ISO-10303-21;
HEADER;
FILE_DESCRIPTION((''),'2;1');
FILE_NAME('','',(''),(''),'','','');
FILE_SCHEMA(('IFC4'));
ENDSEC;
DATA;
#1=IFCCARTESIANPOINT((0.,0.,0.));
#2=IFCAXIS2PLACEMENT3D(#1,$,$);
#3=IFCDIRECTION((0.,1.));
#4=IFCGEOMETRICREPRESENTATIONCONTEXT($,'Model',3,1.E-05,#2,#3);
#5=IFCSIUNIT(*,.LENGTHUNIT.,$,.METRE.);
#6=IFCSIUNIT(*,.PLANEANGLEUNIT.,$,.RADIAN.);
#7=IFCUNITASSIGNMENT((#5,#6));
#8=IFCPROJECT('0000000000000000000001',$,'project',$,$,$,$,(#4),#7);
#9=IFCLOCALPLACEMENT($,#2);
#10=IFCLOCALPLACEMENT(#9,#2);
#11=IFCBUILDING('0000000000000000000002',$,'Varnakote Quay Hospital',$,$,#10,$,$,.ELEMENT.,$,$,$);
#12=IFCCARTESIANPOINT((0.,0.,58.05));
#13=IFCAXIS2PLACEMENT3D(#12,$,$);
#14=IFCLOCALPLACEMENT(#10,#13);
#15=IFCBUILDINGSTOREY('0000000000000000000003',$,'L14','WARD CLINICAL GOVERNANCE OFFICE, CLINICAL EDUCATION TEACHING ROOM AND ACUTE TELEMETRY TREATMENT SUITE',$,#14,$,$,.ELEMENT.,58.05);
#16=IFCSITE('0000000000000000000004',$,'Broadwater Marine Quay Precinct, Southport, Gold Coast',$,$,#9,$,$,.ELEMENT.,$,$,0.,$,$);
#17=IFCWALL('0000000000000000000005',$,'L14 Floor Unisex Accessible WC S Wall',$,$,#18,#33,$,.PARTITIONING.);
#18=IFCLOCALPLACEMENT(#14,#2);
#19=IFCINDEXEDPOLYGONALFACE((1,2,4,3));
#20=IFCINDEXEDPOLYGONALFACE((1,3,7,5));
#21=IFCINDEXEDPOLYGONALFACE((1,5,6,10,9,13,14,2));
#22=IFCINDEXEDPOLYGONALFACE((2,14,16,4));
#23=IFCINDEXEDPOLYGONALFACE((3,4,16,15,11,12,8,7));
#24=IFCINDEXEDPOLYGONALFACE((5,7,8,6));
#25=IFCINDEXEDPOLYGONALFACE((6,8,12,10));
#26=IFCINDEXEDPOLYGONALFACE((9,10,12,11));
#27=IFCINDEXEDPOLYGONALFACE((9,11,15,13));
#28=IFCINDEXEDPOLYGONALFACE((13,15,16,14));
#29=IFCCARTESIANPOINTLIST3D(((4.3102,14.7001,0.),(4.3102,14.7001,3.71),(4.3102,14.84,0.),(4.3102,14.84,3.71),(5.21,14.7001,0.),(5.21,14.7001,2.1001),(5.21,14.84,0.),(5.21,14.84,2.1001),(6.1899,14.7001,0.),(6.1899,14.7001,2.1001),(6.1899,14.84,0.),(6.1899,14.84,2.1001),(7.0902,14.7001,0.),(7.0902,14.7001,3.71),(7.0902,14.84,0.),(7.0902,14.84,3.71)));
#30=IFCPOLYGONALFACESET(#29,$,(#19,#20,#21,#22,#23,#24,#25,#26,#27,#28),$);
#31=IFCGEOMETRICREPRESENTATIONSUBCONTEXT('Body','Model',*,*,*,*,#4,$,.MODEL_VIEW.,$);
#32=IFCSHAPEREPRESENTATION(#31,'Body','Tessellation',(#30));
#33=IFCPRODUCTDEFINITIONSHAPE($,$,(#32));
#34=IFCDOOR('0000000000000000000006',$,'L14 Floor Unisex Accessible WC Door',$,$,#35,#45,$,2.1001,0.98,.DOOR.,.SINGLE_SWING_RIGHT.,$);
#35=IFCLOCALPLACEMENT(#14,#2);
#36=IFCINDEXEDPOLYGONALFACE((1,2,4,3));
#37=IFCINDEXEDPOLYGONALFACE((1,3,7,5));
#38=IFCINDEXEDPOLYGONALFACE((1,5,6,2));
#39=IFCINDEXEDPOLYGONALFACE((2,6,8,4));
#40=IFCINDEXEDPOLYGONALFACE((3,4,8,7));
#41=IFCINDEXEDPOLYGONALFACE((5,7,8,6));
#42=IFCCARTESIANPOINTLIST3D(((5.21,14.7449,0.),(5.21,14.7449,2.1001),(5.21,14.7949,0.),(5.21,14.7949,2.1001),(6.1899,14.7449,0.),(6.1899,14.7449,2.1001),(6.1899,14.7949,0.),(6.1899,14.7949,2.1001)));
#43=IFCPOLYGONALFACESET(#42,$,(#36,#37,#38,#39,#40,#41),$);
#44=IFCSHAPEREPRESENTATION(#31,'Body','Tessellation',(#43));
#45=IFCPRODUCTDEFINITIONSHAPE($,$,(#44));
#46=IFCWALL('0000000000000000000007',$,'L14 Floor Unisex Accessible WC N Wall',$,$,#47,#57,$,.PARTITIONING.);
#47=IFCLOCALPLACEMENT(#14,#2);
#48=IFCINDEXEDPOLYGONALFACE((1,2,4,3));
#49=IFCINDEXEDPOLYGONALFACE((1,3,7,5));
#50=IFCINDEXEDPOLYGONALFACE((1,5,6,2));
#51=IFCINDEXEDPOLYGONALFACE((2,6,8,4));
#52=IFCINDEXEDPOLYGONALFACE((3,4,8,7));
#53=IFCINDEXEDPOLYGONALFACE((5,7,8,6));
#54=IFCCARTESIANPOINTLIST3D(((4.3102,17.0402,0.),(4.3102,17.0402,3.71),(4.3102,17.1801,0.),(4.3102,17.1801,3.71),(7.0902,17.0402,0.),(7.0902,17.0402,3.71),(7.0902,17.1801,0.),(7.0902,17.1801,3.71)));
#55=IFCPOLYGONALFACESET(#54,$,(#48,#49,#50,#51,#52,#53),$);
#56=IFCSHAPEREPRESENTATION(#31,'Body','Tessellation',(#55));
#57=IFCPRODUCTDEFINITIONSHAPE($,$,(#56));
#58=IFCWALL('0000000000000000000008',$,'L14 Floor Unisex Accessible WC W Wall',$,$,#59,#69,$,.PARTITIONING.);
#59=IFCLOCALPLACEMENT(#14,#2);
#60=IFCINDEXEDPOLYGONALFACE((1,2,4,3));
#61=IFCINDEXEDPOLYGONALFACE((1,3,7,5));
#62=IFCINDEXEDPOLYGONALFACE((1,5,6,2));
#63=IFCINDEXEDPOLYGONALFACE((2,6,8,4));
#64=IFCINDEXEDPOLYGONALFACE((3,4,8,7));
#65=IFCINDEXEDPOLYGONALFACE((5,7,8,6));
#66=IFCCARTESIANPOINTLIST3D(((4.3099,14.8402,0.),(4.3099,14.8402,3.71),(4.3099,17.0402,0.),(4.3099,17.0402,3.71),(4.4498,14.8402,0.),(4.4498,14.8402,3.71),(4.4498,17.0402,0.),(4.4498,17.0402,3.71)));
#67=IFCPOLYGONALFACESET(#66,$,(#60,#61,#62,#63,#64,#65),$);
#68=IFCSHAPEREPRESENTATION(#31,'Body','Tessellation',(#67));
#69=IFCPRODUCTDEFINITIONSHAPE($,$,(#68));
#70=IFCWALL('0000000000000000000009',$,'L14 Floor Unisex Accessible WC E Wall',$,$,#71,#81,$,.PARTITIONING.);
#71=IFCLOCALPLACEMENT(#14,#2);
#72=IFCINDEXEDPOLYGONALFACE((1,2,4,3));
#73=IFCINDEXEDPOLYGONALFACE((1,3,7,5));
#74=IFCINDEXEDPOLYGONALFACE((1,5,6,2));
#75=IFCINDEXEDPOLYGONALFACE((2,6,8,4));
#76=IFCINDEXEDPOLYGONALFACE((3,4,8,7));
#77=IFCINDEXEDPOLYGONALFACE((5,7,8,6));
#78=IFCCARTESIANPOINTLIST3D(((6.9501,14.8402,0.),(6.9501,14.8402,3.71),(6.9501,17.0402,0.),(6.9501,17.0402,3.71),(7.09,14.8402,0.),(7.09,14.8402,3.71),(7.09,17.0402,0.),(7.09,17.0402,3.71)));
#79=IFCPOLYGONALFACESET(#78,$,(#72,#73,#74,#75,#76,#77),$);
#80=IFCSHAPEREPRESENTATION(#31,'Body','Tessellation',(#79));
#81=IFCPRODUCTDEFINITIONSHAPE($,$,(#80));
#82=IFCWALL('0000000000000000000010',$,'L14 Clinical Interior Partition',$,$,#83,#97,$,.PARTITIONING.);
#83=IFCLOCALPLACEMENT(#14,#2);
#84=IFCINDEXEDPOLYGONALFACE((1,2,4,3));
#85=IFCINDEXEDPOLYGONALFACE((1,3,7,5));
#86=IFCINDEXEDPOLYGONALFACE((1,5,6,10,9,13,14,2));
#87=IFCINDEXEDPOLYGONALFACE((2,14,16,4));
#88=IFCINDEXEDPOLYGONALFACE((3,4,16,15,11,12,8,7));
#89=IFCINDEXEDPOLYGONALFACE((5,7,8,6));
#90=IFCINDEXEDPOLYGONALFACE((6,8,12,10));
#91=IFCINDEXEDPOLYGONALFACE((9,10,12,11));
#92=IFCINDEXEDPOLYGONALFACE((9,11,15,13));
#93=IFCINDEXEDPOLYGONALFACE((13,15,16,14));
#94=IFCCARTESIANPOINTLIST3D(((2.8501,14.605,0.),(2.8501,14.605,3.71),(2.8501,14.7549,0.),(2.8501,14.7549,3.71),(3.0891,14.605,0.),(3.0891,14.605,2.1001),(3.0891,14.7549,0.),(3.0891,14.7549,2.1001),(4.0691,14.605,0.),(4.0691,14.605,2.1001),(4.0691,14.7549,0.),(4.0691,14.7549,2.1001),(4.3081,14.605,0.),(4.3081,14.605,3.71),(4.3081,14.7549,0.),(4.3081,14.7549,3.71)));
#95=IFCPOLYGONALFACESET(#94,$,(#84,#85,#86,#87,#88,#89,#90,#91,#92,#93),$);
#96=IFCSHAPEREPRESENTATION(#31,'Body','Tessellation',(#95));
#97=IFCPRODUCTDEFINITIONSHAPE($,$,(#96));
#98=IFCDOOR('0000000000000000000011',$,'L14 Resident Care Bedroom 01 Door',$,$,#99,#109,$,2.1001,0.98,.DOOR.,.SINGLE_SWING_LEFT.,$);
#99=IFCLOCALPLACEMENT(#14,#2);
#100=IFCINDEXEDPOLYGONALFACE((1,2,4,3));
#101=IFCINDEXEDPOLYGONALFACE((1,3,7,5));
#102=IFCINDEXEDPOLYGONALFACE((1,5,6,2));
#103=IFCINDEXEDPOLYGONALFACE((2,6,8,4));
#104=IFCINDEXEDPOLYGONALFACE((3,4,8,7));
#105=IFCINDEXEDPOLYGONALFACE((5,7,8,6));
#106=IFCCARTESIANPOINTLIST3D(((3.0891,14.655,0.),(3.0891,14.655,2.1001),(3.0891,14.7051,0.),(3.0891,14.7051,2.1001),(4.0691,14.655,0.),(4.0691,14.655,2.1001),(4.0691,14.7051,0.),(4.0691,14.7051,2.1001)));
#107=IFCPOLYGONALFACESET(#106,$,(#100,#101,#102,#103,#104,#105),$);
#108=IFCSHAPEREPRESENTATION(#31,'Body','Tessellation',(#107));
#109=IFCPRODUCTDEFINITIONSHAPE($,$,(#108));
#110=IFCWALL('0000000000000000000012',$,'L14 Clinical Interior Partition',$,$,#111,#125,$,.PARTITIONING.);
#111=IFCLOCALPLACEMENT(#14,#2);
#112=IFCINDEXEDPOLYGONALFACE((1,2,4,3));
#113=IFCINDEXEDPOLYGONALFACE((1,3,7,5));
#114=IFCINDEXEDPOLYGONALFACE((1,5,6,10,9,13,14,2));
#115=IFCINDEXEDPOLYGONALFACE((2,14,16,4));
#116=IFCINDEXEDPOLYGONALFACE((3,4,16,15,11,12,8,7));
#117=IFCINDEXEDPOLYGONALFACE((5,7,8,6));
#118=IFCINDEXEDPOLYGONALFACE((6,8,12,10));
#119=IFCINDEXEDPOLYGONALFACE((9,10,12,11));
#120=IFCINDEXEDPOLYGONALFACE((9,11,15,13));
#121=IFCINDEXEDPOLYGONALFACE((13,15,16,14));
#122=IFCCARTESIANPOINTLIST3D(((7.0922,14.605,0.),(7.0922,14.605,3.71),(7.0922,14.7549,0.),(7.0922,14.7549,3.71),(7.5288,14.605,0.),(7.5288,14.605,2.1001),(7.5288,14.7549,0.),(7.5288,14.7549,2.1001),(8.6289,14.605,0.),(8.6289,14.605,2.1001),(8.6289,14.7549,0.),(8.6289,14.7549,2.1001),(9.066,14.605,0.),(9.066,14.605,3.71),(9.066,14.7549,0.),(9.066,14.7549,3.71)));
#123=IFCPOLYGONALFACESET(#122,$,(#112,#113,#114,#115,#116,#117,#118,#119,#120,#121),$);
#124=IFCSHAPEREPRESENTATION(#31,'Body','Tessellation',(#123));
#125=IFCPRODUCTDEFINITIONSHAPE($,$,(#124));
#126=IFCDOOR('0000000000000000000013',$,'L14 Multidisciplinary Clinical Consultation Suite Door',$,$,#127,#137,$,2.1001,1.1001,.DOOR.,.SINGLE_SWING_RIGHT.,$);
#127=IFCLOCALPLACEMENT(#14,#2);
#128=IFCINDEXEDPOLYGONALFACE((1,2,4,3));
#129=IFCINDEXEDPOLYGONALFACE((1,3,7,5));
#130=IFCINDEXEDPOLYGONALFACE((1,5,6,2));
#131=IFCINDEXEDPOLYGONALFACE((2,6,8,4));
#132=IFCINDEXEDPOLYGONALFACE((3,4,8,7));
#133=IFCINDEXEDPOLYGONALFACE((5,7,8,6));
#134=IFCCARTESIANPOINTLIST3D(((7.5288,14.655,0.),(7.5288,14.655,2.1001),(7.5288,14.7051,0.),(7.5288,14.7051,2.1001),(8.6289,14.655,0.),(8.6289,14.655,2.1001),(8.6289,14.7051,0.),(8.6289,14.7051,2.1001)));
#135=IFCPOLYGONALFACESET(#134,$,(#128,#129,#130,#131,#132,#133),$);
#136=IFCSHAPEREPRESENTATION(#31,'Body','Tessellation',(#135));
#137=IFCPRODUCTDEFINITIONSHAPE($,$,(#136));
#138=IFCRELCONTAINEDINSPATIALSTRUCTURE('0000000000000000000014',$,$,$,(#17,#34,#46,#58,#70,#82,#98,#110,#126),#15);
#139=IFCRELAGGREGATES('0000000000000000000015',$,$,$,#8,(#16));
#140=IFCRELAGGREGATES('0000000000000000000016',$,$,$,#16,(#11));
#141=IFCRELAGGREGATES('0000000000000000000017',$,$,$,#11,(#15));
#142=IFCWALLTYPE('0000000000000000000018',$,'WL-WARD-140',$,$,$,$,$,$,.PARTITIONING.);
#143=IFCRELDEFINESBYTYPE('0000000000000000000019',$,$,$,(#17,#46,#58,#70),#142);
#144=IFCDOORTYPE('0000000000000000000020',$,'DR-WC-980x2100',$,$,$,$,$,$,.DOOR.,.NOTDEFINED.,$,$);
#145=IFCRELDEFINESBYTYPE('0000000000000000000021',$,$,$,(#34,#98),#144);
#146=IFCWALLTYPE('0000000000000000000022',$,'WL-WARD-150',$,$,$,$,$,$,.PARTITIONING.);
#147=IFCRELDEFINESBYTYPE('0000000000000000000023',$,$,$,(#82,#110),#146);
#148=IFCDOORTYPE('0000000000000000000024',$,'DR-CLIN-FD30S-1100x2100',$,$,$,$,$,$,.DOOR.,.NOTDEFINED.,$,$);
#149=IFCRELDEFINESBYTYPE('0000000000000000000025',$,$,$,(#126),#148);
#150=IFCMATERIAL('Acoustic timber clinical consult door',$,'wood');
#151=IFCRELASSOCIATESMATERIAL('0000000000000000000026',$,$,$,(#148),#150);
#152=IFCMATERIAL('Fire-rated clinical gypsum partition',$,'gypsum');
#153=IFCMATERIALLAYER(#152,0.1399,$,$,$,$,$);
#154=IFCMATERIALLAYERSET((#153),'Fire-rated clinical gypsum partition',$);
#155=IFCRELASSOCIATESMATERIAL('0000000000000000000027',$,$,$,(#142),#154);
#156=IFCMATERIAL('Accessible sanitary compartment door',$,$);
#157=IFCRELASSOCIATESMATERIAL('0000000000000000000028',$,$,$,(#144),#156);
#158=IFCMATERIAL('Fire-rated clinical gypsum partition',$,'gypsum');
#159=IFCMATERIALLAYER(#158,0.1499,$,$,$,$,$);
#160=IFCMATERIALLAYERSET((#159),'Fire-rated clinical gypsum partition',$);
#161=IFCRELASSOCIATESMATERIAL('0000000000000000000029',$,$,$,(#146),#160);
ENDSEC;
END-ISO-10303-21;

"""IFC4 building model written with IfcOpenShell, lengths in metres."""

from ifc_helpers import new_model, si_unit, direction, frame, frame_2d, origin, place, context, subcontext, project, spatial, rectangle, extrude, material, layer, layer_set, type_object, element, fill, save


model = new_model("IFC4")

# Units and contexts
model_context = context("Model", 3, precision=1e-05, world=origin(), true_north=direction((0.0, 1.0)))
body_context = subcontext(model_context, "Body", "Model", "MODEL_VIEW")
ifc_project = project(units=[si_unit("LENGTHUNIT", "METRE"), si_unit("PLANEANGLEUNIT", "RADIAN")], contexts=[model_context])

# Site, building, storey
site_placement = place(None, origin())
site = spatial("IfcSite", under=ifc_project, at=site_placement, Name="Broadwater Marine Quay Precinct, Southport, Gold Coast", CompositionType="ELEMENT", RefElevation=0.0)
building_placement = place(site_placement, origin())
building = spatial("IfcBuilding", under=site, at=building_placement, Name="Varnakote Quay Hospital", CompositionType="ELEMENT")
storey_placement = place(building_placement, frame((0.0, 0.0, 58.05)))
storey = spatial("IfcBuildingStorey", under=building, at=storey_placement, Name="L14", Description="WARD CLINICAL GOVERNANCE OFFICE, CLINICAL EDUCATION TEACHING ROOM AND ACUTE TELEMETRY TREATMENT SUITE", CompositionType="ELEMENT", Elevation=58.05)

# Shared definitions
ifc_material_1 = material(Name="Acoustic timber clinical consult door", Category="wood")
door_type_1 = type_object("IfcDoorType", Name="DR-CLIN-FD30S-1100x2100", OperationType="NOTDEFINED", PredefinedType="DOOR", material=ifc_material_1)

# Wall, opening, door
ifc_material_2 = material(Name="Fire-rated clinical gypsum partition", Category="gypsum")
ifc_layer_1 = layer(ifc_material_2, 0.1399)
ifc_layer_set_1 = layer_set([ifc_layer_1], Name="Fire-rated clinical gypsum partition")
wall_type_1 = type_object("IfcWallType", Name="WL-WARD-140", PredefinedType="PARTITIONING", material=ifc_layer_set_1)
wall_1_placement = place(storey_placement, frame((4.3101, 14.77, 0.0), z_axis=(0.0, 0.0, 1.0), x_axis=(1.0, 0.0, 0.0)))
wall_1 = element("IfcWall", 1, at=wall_1_placement, inside=storey, type_object=wall_type_1, Name="L14 Floor Unisex Accessible WC S Wall", PredefinedType="PARTITIONING", context=body_context, shape_type="SweptSolid", body=[
    extrude(rectangle(XDim=2.78, YDim=0.1399, at=frame_2d((1.3901, 0.0))), origin(), (0.0, 0.0, 1.0), 3.71),
])
opening_1_placement = place(wall_1_placement, frame((0.8999, 0.0, 0.0)))
opening_1 = element("IfcOpeningElement", 2, at=opening_1_placement, cuts=wall_1, PredefinedType="OPENING", context=body_context, shape_type="SweptSolid", body=[
    extrude(rectangle(XDim=0.98, YDim=2.1001, at=frame_2d((0.49, 1.05))), frame((0.0, 0.0798, 0.0), z_axis=(0.0, -1.0, 0.0), x_axis=(1.0, 0.0, 0.0)), (0.0, 0.0, 1.0), 0.1599),
])
ifc_material_3 = material(Name="Accessible sanitary compartment door")
door_type_2 = type_object("IfcDoorType", Name="DR-WC-980x2100", OperationType="NOTDEFINED", PredefinedType="DOOR", material=ifc_material_3)
door_1_placement = place(opening_1_placement, origin())
door_1 = element("IfcDoor", 3, at=door_1_placement, inside=storey, type_object=door_type_2, Name="L14 Floor Unisex Accessible WC Door", OperationType="SINGLE_SWING_RIGHT", OverallHeight=2.1001, OverallWidth=0.98, PredefinedType="DOOR", context=body_context, shape_type="SweptSolid", body=[
    extrude(rectangle(XDim=0.98, YDim=2.1001, at=frame_2d((0.49, 1.05))), frame((0.0, 0.0249, 0.0), z_axis=(0.0, -1.0, 0.0), x_axis=(1.0, 0.0, 0.0)), (0.0, 0.0, 1.0), 0.05),
])
fill(opening_1, door_1)

# Walls
wall_2_placement = place(storey_placement, frame((4.3101, 17.1101, 0.0), z_axis=(0.0, 0.0, 1.0), x_axis=(1.0, 0.0, 0.0)))
element("IfcWall", 4, at=wall_2_placement, inside=storey, type_object=wall_type_1, Name="L14 Floor Unisex Accessible WC N Wall", PredefinedType="PARTITIONING", context=body_context, shape_type="SweptSolid", body=[
    extrude(rectangle(XDim=2.78, YDim=0.1399, at=frame_2d((1.3901, 0.0))), origin(), (0.0, 0.0, 1.0), 3.71),
])
for number, where, z_axis, x_axis, name in (
    (5, (4.3799, 14.8401, 0.0), (0.0, 0.0, 1.0), (0.0, 1.0, 0.0), "L14 Floor Unisex Accessible WC W Wall"),
    (6, (7.02, 14.8401, 0.0), (0.0, 0.0, 1.0), (0.0, 1.0, 0.0), "L14 Floor Unisex Accessible WC E Wall"),
):
    element("IfcWall", number, at=place(storey_placement, frame(where, z_axis=z_axis, x_axis=x_axis)), inside=storey, type_object=wall_type_1, Name=name, PredefinedType="PARTITIONING", context=body_context, shape_type="SweptSolid", body=[
        extrude(rectangle(XDim=2.2, YDim=0.1399, at=frame_2d((1.1001, 0.0))), origin(), (0.0, 0.0, 1.0), 3.71),
    ])

# Walls, openings, doors
ifc_material_4 = material(Name="Fire-rated clinical gypsum partition", Category="gypsum")
ifc_layer_2 = layer(ifc_material_4, 0.1499)
ifc_layer_set_2 = layer_set([ifc_layer_2], Name="Fire-rated clinical gypsum partition")
wall_type_2 = type_object("IfcWallType", Name="WL-WARD-150", PredefinedType="PARTITIONING", material=ifc_layer_set_2)
wall_3_placement = place(storey_placement, frame((4.3081, 14.6799, 0.0), z_axis=(0.0, 0.0, 1.0), x_axis=(-1.0, 0.0, 0.0)))
wall_3 = element("IfcWall", 7, at=wall_3_placement, inside=storey, type_object=wall_type_2, Name="L14 Clinical Interior Partition", PredefinedType="PARTITIONING", context=body_context, shape_type="SweptSolid", body=[
    extrude(rectangle(XDim=1.458, YDim=0.1499, at=frame_2d((0.729, 0.0))), origin(), (0.0, 0.0, 1.0), 3.71),
])
opening_2_placement = place(wall_3_placement, frame((0.239, 0.0, 0.0)))
opening_2 = element("IfcOpeningElement", 8, at=opening_2_placement, cuts=wall_3, PredefinedType="OPENING", context=body_context, shape_type="SweptSolid", body=[
    extrude(rectangle(XDim=0.98, YDim=2.1001, at=frame_2d((0.49, 1.05))), frame((0.0, 0.085, 0.0), z_axis=(0.0, -1.0, 0.0), x_axis=(1.0, 0.0, 0.0)), (0.0, 0.0, 1.0), 0.1699),
])
door_2_placement = place(opening_2_placement, origin())
door_2 = element("IfcDoor", 9, at=door_2_placement, inside=storey, type_object=door_type_2, Name="L14 Resident Care Bedroom 01 Door", OperationType="SINGLE_SWING_LEFT", OverallHeight=2.1001, OverallWidth=0.98, PredefinedType="DOOR", context=body_context, shape_type="SweptSolid", body=[
    extrude(rectangle(XDim=0.98, YDim=2.1001, at=frame_2d((0.49, 1.05))), frame((0.0, 0.0249, 0.0), z_axis=(0.0, -1.0, 0.0), x_axis=(1.0, 0.0, 0.0)), (0.0, 0.0, 1.0), 0.05),
])
fill(opening_2, door_2)
wall_4_placement = place(storey_placement, frame((9.0659, 14.6799, 0.0), z_axis=(0.0, 0.0, 1.0), x_axis=(-1.0, 0.0, 0.0)))
wall_4 = element("IfcWall", 10, at=wall_4_placement, inside=storey, type_object=wall_type_2, Name="L14 Clinical Interior Partition", PredefinedType="PARTITIONING", context=body_context, shape_type="SweptSolid", body=[
    extrude(rectangle(XDim=1.9739, YDim=0.1499, at=frame_2d((0.9868, 0.0))), origin(), (0.0, 0.0, 1.0), 3.71),
])
opening_3_placement = place(wall_4_placement, frame((0.437, 0.0, 0.0)))
opening_3 = element("IfcOpeningElement", 11, at=opening_3_placement, cuts=wall_4, PredefinedType="OPENING", context=body_context, shape_type="SweptSolid", body=[
    extrude(rectangle(XDim=1.1001, YDim=2.1001, at=frame_2d((0.55, 1.05))), frame((0.0, 0.085, 0.0), z_axis=(0.0, -1.0, 0.0), x_axis=(1.0, 0.0, 0.0)), (0.0, 0.0, 1.0), 0.1699),
])
door_3_placement = place(opening_3_placement, origin())
door_3 = element("IfcDoor", 12, at=door_3_placement, inside=storey, type_object=door_type_1, Name="L14 Multidisciplinary Clinical Consultation Suite Door", OperationType="SINGLE_SWING_RIGHT", OverallHeight=2.1001, OverallWidth=1.1001, PredefinedType="DOOR", context=body_context, shape_type="SweptSolid", body=[
    extrude(rectangle(XDim=1.1001, YDim=2.1001, at=frame_2d((0.55, 1.05))), frame((0.0, 0.0249, 0.0), z_axis=(0.0, -1.0, 0.0), x_axis=(1.0, 0.0, 0.0)), (0.0, 0.0, 1.0), 0.05),
])
fill(opening_3, door_3)

save(model, "model.ifc")
